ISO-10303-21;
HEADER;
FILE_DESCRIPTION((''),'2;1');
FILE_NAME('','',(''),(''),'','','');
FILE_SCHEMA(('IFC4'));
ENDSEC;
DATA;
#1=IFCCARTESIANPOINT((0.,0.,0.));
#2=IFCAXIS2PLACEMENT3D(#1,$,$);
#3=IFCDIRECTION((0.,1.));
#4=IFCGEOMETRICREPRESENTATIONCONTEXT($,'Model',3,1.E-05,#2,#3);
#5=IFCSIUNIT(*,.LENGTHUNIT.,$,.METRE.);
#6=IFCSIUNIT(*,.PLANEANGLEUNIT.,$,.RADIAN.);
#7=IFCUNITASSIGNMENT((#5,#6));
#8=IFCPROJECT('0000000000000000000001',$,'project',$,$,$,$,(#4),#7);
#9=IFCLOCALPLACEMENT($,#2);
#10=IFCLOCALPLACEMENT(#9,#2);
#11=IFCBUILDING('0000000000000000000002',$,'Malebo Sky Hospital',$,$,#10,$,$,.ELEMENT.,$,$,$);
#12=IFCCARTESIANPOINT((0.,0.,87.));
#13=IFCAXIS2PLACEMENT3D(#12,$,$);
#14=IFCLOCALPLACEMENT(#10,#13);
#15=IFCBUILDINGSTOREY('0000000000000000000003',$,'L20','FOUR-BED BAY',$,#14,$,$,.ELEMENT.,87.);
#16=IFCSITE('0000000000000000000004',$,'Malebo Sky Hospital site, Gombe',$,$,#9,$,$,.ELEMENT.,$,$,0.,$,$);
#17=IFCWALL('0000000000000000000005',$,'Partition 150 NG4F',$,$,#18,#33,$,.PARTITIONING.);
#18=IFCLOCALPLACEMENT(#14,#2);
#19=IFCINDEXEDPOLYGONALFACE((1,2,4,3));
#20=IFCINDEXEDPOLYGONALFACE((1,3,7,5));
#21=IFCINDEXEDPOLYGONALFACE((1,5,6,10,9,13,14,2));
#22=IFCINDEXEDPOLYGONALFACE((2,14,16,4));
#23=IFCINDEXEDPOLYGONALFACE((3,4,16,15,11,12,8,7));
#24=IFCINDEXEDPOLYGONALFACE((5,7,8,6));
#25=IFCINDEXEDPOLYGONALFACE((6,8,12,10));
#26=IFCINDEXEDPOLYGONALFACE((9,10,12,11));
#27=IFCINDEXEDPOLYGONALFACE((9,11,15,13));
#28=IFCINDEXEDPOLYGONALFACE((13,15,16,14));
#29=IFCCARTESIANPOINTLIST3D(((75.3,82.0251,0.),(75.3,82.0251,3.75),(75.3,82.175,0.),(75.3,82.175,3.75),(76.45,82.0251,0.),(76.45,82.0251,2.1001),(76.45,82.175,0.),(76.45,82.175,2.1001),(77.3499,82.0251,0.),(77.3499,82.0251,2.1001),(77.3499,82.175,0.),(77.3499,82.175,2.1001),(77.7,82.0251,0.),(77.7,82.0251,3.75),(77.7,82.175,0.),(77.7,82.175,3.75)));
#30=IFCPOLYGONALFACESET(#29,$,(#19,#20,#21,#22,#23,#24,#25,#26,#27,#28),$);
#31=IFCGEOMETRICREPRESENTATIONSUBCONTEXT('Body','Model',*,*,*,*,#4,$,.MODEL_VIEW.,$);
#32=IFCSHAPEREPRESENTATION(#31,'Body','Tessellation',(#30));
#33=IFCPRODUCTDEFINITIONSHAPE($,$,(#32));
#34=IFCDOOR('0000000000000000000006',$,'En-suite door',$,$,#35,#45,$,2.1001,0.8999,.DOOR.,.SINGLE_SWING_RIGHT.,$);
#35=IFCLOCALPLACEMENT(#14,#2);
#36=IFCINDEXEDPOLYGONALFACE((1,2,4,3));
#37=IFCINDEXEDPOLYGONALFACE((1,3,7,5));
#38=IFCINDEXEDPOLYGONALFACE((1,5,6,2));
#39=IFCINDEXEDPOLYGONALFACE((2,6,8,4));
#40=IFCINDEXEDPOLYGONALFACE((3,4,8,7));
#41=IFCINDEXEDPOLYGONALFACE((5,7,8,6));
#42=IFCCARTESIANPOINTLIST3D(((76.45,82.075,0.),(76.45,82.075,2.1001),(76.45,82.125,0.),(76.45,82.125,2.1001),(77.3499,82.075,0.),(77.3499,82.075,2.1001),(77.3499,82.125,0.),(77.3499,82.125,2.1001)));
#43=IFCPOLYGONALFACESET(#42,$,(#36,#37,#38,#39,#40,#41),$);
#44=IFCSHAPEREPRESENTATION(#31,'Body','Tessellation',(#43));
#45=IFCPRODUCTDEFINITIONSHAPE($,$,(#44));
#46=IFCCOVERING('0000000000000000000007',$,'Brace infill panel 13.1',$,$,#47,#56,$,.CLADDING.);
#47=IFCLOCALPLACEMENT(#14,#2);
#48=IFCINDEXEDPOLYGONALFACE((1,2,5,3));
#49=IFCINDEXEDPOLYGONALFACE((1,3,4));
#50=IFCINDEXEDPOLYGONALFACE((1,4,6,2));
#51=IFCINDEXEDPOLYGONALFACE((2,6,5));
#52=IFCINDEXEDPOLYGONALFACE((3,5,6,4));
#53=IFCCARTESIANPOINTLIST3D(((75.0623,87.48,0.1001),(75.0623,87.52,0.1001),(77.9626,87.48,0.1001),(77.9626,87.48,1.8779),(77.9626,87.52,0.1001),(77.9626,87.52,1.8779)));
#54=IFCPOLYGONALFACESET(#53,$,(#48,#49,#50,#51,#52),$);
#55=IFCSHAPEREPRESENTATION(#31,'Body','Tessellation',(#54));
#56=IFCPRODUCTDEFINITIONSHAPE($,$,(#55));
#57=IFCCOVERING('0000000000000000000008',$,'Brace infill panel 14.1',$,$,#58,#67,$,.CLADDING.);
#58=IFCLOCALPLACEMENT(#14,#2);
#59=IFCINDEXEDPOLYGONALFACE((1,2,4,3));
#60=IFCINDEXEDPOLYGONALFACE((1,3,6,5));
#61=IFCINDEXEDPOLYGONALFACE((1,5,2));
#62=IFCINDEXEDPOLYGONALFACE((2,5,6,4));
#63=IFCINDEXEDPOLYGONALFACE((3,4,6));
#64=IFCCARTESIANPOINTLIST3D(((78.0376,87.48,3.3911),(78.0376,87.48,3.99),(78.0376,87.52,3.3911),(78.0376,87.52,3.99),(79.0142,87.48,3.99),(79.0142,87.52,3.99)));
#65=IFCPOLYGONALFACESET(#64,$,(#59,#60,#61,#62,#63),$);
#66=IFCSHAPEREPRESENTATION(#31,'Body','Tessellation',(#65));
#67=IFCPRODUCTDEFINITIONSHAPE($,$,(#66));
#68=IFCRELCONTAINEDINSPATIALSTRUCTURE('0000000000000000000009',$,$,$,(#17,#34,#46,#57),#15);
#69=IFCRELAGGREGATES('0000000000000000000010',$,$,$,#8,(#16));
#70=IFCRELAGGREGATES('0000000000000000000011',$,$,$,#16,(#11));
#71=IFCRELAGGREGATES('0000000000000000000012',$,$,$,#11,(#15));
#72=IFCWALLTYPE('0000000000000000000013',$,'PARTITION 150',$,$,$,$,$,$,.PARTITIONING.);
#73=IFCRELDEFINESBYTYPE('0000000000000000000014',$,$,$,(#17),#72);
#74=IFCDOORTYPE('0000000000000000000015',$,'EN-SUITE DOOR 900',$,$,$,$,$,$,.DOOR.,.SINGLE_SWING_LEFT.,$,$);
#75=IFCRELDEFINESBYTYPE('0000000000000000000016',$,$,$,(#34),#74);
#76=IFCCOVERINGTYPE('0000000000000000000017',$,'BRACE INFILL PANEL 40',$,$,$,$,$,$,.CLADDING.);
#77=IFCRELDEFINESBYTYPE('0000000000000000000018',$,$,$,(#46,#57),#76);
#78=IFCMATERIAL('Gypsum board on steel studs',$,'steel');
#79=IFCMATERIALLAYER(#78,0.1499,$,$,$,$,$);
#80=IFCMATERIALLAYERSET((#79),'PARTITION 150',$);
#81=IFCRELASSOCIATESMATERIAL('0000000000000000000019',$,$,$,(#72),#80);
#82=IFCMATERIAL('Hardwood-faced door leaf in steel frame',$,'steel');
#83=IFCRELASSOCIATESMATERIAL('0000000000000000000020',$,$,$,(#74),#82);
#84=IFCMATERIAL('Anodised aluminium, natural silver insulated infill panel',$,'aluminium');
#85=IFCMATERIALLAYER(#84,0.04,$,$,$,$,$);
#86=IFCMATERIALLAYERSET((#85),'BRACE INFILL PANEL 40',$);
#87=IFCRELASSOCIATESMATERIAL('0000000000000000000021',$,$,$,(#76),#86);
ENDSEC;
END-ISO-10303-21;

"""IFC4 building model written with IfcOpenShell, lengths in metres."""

from ifc_helpers import new_model, si_unit, direction, frame, frame_2d, origin, place, context, subcontext, project, spatial, polyline, rectangle, outline, extrude, material, layer, layer_set, type_object, element, fill, save


model = new_model("IFC4")

# Units and contexts
model_context = context("Model", 3, precision=1e-05, world=origin(), true_north=direction((0.0, 1.0)))
body_context = subcontext(model_context, "Body", "Model", "MODEL_VIEW")
ifc_project = project(units=[si_unit("LENGTHUNIT", "METRE"), si_unit("PLANEANGLEUNIT", "RADIAN")], contexts=[model_context])

# Site, building, storey
site_placement = place(None, origin())
site = spatial("IfcSite", under=ifc_project, at=site_placement, Name="Malebo Sky Hospital site, Gombe", CompositionType="ELEMENT", RefElevation=0.0)
building_placement = place(site_placement, origin())
building = spatial("IfcBuilding", under=site, at=building_placement, Name="Malebo Sky Hospital", CompositionType="ELEMENT")
storey_placement = place(building_placement, frame((0.0, 0.0, 87.0)))
storey = spatial("IfcBuildingStorey", under=building, at=storey_placement, Name="L20", Description="FOUR-BED BAY", CompositionType="ELEMENT", Elevation=87.0)

# Wall, opening, door
ifc_material_1 = material(Name="Gypsum board on steel studs", Category="steel")
ifc_layer_1 = layer(ifc_material_1, 0.1499)
ifc_layer_set_1 = layer_set([ifc_layer_1], Name="PARTITION 150")
wall_type_1 = type_object("IfcWallType", Name="PARTITION 150", PredefinedType="PARTITIONING", material=ifc_layer_set_1)
wall_placement = place(storey_placement, frame((75.3, 82.1001, 0.0), z_axis=(0.0, 0.0, 1.0), x_axis=(1.0, 0.0, 0.0)))
wall = element("IfcWall", 1, at=wall_placement, inside=storey, type_object=wall_type_1, Name="Partition 150 NG4F", PredefinedType="PARTITIONING", context=body_context, shape_type="SweptSolid", body=[
    extrude(rectangle(XDim=2.3999, YDim=0.1499, at=frame_2d((1.2, 0.0))), origin(), (0.0, 0.0, 1.0), 3.75),
])
opening_placement = place(wall_placement, frame((1.1499, 0.0, 0.0)))
opening = element("IfcOpeningElement", 2, at=opening_placement, cuts=wall, PredefinedType="OPENING", context=body_context, shape_type="SweptSolid", body=[
    extrude(rectangle(XDim=0.8999, YDim=2.1001, at=frame_2d((0.45, 1.05))), frame((0.0, 0.085, 0.0), z_axis=(0.0, -1.0, 0.0), x_axis=(1.0, 0.0, 0.0)), (0.0, 0.0, 1.0), 0.1699),
])
ifc_material_2 = material(Name="Hardwood-faced door leaf in steel frame", Category="steel")
door_type = type_object("IfcDoorType", Name="EN-SUITE DOOR 900", OperationType="SINGLE_SWING_LEFT", PredefinedType="DOOR", material=ifc_material_2)
door_placement = place(opening_placement, origin())
door = element("IfcDoor", 3, at=door_placement, inside=storey, type_object=door_type, Name="En-suite door", OperationType="SINGLE_SWING_RIGHT", OverallHeight=2.1001, OverallWidth=0.8999, PredefinedType="DOOR", context=body_context, shape_type="SweptSolid", body=[
    extrude(rectangle(XDim=0.8999, YDim=2.1001, at=frame_2d((0.45, 1.05))), frame((0.0, 0.0249, 0.0), z_axis=(0.0, -1.0, 0.0), x_axis=(1.0, 0.0, 0.0)), (0.0, 0.0, 1.0), 0.05),
])
fill(opening, door)

# Coverings
ifc_material_3 = material(Name="Anodised aluminium, natural silver insulated infill panel", Category="aluminium")
ifc_layer_2 = layer(ifc_material_3, 0.04)
ifc_layer_set_2 = layer_set([ifc_layer_2], Name="BRACE INFILL PANEL 40")
covering_type = type_object("IfcCoveringType", Name="BRACE INFILL PANEL 40", PredefinedType="CLADDING", material=ifc_layer_set_2)
covering_1_placement = place(storey_placement, frame((76.5125, 87.5, 0.1001), z_axis=(0.0, 0.0, 1.0), x_axis=(1.0, 0.0, 0.0)))
element("IfcCovering", 4, at=covering_1_placement, inside=storey, type_object=covering_type, Name="Brace infill panel 13.1", PredefinedType="CLADDING", context=body_context, shape_type="SweptSolid", body=[
    extrude(outline(polyline([(-1.4502, 0.0), (1.4502, 0.0), (1.4502, 1.7778), (-1.4502, 0.0)])), frame((0.0, 0.02, 0.0), z_axis=(0.0, -1.0, 0.0), x_axis=(1.0, 0.0, 0.0)), (0.0, 0.0, 1.0), 0.04),
])
covering_2_placement = place(storey_placement, frame((78.5259, 87.5, 3.3911), z_axis=(0.0, 0.0, 1.0), x_axis=(1.0, 0.0, 0.0)))
element("IfcCovering", 5, at=covering_2_placement, inside=storey, type_object=covering_type, Name="Brace infill panel 14.1", PredefinedType="CLADDING", context=body_context, shape_type="SweptSolid", body=[
    extrude(outline(polyline([(-0.4883, 0.0), (0.4883, 0.5989), (-0.4883, 0.5989), (-0.4883, 0.0)])), frame((0.0, 0.02, 0.0), z_axis=(0.0, -1.0, 0.0), x_axis=(1.0, 0.0, 0.0)), (0.0, 0.0, 1.0), 0.04),
])

save(model, "model.ifc")
